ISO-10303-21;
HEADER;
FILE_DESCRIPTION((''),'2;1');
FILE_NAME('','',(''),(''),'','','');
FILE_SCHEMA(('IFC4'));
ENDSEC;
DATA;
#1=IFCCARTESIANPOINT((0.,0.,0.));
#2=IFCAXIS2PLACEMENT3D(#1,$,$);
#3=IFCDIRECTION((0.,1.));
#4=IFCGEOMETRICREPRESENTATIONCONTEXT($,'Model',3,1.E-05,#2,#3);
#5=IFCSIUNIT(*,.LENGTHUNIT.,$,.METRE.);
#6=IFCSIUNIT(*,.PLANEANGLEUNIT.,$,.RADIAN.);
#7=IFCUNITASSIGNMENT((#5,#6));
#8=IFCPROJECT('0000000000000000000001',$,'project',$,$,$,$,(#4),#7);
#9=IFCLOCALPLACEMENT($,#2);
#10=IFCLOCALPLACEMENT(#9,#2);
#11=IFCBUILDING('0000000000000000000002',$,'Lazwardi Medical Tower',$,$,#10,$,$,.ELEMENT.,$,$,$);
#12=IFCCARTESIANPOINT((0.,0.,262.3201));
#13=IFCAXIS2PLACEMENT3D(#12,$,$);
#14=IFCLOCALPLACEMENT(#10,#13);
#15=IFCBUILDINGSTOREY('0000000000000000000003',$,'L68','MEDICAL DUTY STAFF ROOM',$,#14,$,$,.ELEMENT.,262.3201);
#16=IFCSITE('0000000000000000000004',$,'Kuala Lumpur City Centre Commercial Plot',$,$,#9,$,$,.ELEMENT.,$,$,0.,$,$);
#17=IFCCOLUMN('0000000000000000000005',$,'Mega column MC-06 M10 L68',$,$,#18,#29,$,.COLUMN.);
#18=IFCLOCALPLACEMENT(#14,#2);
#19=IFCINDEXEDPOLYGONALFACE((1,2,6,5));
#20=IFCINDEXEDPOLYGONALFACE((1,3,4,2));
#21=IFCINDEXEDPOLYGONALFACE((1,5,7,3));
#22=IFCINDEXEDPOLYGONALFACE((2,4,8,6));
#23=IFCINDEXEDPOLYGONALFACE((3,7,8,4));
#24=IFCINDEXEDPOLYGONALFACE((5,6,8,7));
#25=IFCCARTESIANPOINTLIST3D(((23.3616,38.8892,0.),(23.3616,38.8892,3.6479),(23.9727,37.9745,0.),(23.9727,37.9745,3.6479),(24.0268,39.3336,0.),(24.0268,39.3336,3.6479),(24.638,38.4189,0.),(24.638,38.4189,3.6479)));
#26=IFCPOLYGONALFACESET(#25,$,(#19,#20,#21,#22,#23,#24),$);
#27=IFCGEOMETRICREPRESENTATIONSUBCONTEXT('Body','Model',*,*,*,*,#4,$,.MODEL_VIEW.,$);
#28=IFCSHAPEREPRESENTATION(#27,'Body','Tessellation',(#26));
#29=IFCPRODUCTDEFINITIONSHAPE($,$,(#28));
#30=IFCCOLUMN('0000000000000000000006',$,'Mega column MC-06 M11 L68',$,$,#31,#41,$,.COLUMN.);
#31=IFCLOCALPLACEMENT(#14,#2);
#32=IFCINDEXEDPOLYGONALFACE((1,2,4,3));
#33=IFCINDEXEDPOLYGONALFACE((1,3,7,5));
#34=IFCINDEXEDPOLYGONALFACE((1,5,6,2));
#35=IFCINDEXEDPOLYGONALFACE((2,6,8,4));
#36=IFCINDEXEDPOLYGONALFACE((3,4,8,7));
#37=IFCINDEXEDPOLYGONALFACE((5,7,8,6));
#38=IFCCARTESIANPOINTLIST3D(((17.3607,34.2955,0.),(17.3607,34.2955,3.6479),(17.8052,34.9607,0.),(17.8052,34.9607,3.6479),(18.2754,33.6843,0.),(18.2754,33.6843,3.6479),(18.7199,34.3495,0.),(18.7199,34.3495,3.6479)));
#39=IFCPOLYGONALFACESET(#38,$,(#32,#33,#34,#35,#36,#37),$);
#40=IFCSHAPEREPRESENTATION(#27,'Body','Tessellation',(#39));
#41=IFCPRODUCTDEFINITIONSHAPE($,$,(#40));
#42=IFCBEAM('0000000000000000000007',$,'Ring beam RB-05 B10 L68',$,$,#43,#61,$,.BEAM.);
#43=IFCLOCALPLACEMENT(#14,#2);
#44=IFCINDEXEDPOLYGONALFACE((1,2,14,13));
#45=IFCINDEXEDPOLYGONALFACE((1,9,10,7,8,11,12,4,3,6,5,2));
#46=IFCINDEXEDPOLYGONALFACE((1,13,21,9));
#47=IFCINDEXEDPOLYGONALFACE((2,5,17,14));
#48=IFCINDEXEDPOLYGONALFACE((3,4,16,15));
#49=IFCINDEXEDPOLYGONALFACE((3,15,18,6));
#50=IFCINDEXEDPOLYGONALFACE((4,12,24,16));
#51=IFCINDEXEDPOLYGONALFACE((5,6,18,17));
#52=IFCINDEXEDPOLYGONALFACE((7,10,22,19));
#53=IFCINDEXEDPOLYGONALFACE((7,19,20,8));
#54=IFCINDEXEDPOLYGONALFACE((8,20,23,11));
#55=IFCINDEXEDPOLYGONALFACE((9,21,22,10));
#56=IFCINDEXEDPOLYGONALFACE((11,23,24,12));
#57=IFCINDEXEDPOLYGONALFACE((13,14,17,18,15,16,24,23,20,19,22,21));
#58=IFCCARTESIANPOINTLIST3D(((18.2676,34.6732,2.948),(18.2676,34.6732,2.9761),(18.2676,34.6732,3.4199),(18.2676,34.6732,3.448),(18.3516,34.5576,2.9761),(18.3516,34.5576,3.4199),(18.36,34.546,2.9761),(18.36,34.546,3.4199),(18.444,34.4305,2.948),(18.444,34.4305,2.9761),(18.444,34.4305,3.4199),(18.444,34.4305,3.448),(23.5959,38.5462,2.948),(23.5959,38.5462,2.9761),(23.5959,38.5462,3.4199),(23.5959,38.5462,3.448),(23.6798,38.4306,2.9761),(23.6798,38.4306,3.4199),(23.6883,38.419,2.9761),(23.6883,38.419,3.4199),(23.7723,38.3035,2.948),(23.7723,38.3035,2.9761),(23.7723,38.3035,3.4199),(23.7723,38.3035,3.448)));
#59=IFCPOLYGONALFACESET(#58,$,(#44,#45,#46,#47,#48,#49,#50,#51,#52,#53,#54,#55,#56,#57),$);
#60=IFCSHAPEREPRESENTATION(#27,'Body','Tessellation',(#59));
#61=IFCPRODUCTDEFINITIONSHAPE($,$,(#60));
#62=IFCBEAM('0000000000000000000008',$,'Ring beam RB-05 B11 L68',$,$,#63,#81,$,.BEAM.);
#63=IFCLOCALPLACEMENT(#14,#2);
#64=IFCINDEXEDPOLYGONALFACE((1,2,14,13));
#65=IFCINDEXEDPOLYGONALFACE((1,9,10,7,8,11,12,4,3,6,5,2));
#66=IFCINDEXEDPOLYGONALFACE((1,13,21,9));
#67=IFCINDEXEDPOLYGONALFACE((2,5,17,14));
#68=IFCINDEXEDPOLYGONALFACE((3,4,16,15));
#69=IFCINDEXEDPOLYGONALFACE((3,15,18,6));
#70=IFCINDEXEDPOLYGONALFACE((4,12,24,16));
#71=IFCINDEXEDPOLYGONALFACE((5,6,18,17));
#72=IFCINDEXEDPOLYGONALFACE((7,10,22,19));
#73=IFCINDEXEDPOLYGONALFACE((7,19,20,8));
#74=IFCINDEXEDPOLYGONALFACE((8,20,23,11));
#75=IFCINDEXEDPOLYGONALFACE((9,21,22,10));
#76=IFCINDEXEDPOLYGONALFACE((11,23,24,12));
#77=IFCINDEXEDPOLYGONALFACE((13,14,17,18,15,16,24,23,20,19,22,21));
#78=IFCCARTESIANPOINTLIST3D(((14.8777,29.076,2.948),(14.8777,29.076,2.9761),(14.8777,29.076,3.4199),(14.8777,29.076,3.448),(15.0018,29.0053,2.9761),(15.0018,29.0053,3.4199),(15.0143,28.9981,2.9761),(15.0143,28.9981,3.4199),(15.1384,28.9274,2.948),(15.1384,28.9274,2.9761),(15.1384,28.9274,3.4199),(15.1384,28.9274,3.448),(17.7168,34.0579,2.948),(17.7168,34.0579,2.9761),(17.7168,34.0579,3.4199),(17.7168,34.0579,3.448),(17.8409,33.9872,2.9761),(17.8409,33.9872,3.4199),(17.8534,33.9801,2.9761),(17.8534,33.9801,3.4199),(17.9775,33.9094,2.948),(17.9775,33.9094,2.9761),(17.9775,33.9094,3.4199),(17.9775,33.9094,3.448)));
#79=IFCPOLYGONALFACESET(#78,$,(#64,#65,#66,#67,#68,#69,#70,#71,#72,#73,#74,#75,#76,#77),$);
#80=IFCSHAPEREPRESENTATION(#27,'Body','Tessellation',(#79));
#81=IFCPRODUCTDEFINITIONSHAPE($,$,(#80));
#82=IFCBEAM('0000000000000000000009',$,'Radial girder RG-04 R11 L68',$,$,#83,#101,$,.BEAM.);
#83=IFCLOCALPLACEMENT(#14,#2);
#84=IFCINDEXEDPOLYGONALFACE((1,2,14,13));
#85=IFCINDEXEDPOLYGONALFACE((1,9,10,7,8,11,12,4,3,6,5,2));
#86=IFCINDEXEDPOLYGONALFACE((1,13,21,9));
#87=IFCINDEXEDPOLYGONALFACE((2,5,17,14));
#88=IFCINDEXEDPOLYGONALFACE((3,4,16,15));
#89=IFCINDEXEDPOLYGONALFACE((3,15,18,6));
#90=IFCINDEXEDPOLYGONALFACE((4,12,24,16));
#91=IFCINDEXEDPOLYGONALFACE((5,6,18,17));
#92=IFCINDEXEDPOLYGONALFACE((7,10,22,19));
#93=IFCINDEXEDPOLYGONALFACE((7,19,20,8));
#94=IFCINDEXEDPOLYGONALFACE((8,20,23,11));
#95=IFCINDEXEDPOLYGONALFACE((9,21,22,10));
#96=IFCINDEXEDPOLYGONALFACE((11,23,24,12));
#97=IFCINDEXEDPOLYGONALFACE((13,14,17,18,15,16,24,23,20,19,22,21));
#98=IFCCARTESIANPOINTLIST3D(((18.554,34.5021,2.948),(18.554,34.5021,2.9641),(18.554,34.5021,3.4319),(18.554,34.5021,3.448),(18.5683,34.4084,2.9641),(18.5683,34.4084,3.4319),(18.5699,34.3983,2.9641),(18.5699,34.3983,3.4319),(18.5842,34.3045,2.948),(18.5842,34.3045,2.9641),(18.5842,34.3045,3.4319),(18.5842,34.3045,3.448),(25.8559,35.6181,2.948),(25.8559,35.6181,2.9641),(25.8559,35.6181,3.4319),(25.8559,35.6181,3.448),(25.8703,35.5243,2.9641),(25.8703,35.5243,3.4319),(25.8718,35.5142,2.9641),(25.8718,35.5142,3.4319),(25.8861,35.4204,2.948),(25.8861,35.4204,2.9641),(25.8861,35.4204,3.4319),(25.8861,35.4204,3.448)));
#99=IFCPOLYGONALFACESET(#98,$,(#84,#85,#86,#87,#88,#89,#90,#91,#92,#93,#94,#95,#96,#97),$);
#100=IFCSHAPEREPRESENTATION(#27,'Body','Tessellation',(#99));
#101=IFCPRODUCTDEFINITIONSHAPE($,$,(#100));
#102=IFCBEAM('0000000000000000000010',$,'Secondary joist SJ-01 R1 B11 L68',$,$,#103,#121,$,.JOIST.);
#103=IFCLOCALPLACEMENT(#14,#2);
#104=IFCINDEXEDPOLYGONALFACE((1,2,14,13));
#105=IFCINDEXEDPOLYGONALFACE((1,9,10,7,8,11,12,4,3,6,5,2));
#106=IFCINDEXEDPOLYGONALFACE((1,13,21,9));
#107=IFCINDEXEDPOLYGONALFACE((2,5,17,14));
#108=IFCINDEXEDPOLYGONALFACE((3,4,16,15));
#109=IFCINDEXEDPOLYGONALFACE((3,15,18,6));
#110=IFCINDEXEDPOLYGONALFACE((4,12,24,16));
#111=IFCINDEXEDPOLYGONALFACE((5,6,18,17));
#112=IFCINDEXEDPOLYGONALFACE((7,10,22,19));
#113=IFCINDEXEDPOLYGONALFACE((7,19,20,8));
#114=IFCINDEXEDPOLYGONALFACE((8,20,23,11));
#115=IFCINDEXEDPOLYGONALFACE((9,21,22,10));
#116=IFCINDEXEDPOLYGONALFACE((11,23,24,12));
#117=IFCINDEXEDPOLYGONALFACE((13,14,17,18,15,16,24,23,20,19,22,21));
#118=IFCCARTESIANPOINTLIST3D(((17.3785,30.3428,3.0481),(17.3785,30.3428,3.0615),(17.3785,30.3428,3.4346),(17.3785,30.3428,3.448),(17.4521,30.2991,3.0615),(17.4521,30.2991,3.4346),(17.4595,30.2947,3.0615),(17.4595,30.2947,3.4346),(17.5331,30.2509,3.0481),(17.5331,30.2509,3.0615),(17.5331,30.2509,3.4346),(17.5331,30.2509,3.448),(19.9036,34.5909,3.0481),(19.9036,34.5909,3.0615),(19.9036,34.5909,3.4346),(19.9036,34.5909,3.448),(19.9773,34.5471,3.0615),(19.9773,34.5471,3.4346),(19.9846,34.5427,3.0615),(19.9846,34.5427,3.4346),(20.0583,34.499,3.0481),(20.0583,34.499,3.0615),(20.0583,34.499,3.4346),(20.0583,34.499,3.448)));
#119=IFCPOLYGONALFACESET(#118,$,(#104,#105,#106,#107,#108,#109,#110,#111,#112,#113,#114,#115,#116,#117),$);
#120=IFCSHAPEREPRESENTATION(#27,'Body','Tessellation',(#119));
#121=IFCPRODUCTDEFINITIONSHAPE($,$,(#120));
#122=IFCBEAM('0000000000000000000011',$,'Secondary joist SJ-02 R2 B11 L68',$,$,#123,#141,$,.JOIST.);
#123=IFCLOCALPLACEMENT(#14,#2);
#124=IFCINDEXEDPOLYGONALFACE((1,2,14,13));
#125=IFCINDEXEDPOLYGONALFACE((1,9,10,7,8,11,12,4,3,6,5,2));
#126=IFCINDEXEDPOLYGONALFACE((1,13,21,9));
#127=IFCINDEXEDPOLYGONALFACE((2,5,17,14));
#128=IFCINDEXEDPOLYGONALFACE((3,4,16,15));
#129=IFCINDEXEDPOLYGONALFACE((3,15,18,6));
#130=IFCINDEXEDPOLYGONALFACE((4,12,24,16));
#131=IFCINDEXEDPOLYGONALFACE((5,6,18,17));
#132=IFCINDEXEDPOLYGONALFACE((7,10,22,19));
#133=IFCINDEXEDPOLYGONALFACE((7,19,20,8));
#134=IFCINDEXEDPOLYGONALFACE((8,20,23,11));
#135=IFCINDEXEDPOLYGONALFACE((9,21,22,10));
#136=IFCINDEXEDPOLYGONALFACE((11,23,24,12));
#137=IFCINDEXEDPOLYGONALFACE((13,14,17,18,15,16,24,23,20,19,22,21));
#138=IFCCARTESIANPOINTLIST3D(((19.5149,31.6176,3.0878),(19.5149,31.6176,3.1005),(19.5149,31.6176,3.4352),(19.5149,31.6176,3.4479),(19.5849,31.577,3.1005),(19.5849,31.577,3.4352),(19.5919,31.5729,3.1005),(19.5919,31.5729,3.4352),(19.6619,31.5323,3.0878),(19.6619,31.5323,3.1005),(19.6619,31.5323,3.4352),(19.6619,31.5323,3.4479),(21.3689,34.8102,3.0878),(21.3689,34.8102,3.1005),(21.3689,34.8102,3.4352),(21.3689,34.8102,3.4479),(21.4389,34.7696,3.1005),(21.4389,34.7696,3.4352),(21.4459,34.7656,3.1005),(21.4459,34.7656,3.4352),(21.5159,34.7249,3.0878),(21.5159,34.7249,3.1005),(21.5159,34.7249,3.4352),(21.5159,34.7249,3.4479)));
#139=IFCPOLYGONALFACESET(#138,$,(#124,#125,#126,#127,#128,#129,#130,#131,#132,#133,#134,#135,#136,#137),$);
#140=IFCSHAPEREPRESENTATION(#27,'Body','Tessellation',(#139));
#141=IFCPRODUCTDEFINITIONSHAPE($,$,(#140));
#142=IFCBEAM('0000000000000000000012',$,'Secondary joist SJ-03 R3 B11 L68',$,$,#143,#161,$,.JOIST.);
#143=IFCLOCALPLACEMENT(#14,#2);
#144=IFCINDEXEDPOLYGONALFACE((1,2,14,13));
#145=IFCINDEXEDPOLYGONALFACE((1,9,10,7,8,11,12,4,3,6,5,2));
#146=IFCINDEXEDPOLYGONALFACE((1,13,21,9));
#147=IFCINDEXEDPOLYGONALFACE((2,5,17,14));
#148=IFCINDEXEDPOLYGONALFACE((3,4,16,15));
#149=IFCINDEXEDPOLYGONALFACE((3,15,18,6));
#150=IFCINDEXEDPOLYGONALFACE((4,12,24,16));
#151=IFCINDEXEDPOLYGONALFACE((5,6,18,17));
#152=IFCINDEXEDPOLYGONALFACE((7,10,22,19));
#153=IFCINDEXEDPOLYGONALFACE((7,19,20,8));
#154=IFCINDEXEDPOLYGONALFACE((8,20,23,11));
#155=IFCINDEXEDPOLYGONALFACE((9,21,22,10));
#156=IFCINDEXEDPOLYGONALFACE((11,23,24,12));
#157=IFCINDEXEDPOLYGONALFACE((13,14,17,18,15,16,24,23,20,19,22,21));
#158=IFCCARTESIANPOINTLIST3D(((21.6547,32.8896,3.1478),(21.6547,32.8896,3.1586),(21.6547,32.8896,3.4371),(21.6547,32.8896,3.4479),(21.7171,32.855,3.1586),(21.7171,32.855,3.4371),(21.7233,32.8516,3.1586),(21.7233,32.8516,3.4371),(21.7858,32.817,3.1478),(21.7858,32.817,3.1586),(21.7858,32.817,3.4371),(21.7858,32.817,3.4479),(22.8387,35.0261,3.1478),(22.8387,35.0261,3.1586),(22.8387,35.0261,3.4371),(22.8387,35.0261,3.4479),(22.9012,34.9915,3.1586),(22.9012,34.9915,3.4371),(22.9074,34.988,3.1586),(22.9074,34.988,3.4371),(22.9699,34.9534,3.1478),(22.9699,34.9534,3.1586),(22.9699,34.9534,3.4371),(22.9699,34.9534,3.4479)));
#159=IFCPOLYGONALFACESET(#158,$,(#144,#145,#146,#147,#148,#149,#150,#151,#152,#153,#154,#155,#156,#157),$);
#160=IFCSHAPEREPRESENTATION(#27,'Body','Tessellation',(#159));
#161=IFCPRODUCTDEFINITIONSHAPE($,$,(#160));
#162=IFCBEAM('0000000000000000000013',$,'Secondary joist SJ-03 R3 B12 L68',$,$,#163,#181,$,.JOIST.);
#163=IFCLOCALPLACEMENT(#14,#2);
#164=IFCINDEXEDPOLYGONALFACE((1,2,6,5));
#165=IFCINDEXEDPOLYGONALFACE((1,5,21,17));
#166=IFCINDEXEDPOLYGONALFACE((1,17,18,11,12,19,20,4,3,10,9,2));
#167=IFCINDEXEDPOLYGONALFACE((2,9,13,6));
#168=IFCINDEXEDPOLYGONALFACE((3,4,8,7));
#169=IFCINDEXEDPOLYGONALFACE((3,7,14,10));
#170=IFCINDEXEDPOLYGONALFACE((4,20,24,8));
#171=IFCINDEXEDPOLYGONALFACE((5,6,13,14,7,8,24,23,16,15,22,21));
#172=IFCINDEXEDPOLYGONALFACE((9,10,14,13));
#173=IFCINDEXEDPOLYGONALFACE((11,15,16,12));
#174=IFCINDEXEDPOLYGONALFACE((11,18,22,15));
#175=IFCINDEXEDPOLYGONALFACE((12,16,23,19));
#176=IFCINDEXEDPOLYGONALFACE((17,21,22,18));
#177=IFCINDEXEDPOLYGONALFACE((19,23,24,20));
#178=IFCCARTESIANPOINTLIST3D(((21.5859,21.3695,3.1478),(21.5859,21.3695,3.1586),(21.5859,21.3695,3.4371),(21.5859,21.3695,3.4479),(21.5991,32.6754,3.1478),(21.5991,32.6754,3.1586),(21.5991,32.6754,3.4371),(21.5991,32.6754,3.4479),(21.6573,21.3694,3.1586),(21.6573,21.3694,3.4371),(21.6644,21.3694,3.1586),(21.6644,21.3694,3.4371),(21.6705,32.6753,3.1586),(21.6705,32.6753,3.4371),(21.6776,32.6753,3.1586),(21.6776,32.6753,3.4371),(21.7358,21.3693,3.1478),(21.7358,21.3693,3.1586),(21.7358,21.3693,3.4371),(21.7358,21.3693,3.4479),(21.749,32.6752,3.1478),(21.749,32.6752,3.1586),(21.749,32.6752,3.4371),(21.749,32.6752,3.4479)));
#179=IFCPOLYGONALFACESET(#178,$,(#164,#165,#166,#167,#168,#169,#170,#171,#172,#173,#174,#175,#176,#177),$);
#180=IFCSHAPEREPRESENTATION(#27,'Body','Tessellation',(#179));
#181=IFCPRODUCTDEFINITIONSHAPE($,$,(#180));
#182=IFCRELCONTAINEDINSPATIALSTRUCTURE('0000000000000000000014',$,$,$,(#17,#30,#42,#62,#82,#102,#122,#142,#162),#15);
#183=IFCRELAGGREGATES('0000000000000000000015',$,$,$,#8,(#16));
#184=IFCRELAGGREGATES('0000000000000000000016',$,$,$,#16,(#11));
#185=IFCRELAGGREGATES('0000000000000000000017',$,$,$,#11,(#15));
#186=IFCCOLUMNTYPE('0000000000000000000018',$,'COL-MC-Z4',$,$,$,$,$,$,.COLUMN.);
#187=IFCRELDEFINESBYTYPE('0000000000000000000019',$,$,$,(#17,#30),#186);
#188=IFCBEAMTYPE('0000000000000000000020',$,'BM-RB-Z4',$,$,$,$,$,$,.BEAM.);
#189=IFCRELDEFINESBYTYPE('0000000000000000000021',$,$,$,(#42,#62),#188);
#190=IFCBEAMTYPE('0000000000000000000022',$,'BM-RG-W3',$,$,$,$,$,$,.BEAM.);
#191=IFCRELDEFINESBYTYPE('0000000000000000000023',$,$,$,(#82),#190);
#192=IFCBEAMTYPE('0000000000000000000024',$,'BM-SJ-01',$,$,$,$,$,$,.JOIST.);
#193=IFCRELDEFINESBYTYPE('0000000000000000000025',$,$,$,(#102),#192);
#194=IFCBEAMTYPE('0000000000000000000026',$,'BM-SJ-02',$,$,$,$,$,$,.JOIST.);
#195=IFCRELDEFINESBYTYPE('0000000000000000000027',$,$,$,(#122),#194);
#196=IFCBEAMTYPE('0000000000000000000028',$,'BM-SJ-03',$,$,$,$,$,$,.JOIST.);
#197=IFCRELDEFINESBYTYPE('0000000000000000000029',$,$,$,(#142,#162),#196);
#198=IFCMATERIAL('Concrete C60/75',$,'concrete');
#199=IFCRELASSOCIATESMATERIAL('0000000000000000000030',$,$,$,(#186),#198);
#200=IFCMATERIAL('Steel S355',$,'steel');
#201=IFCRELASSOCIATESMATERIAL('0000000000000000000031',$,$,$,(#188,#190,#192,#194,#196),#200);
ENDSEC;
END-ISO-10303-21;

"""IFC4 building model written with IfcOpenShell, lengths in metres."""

from ifc_helpers import new_model, si_unit, direction, frame, origin, origin_2d, place, context, subcontext, project, spatial, rectangle, i_section, extrude, material, material_profile, profile_set, type_object, element, save


model = new_model("IFC4")

# Units and contexts
model_context = context("Model", 3, precision=1e-05, world=origin(), true_north=direction((0.0, 1.0)))
body_context = subcontext(model_context, "Body", "Model", "MODEL_VIEW")
ifc_project = project(units=[si_unit("LENGTHUNIT", "METRE"), si_unit("PLANEANGLEUNIT", "RADIAN")], contexts=[model_context])

# Site, building, storey
site_placement = place(None, origin())
site = spatial("IfcSite", under=ifc_project, at=site_placement, Name="Kuala Lumpur City Centre Commercial Plot", CompositionType="ELEMENT", RefElevation=0.0)
building_placement = place(site_placement, origin())
building = spatial("IfcBuilding", under=site, at=building_placement, Name="Lazwardi Medical Tower", CompositionType="ELEMENT")
storey_placement = place(building_placement, frame((0.0, 0.0, 262.3201)))
storey = spatial("IfcBuildingStorey", under=building, at=storey_placement, Name="L68", Description="MEDICAL DUTY STAFF ROOM", CompositionType="ELEMENT", Elevation=262.3201)

# Columns
ifc_material_1 = material(Name="Concrete C60/75", Category="concrete")
ifc_material_profile_1 = material_profile(ifc_material_1, rectangle(XDim=1.1001, YDim=0.8, at=origin_2d()), Name="CFT-RECT 1100x800")
ifc_profile_set_1 = profile_set([ifc_material_profile_1], Name="Concrete C60/75")
column_type = type_object("IfcColumnType", Name="COL-MC-Z4", PredefinedType="COLUMN", material=ifc_profile_set_1)
for number, where, z_axis, x_axis, name in (
    (1, (23.9998, 38.6541, 0.0), (0.0, 0.0, 1.0), (-0.55557, 0.83147, 0.0), "Mega column MC-06 M10 L68"),
    (2, (18.0403, 34.3225, 0.0), (0.0, 0.0, 1.0), (-0.83147, 0.55557, 0.0), "Mega column MC-06 M11 L68"),
):
    element("IfcColumn", number, at=place(storey_placement, frame(where, z_axis=z_axis, x_axis=x_axis)), inside=storey, type_object=column_type, Name=name, PredefinedType="COLUMN", context=body_context, shape_type="SweptSolid", body=[
        extrude(rectangle(XDim=1.1001, YDim=0.8, at=origin_2d()), origin(), (0.0, 0.0, 1.0), 3.6479),
    ])

# Beams
ifc_material_2 = material(Name="Steel S355", Category="steel")
ifc_material_profile_2 = material_profile(ifc_material_2, i_section(OverallWidth=0.3, OverallDepth=0.5, WebThickness=0.0144, FlangeThickness=0.0281, at=origin_2d()), Name="HEB 500")
ifc_profile_set_2 = profile_set([ifc_material_profile_2], Name="Steel S355")
beam_type_1 = type_object("IfcBeamType", Name="BM-RB-Z4", PredefinedType="BEAM", material=ifc_profile_set_2)
beam_1_placement = place(storey_placement, frame((23.6841, 38.4248, 3.198), z_axis=(-0.80889, -0.58796, 0.0), x_axis=(0.58796, -0.80889, 0.0)))
element("IfcBeam", 3, at=beam_1_placement, inside=storey, type_object=beam_type_1, Name="Ring beam RB-05 B10 L68", PredefinedType="BEAM", context=body_context, shape_type="SweptSolid", body=[
    extrude(i_section(OverallWidth=0.3, OverallDepth=0.5, WebThickness=0.0144, FlangeThickness=0.0281, at=origin_2d()), origin(), (0.0, 0.0, 1.0), 6.5872),
])
beam_2_placement = place(storey_placement, frame((17.8472, 33.9836, 3.198), z_axis=(-0.495125, -0.868822, 0.0), x_axis=(0.868822, -0.495125, 0.0)))
element("IfcBeam", 4, at=beam_2_placement, inside=storey, type_object=beam_type_1, Name="Ring beam RB-05 B11 L68", PredefinedType="BEAM", context=body_context, shape_type="SweptSolid", body=[
    extrude(i_section(OverallWidth=0.3, OverallDepth=0.5, WebThickness=0.0144, FlangeThickness=0.0281, at=origin_2d()), origin(), (0.0, 0.0, 1.0), 5.7341),
])
ifc_material_profile_3 = material_profile(ifc_material_2, i_section(OverallWidth=0.2, OverallDepth=0.5, WebThickness=0.0103, FlangeThickness=0.0161, at=origin_2d()), Name="IPE 500")
ifc_profile_set_3 = profile_set([ifc_material_profile_3], Name="Steel S355")
beam_type_2 = type_object("IfcBeamType", Name="BM-RG-W3", PredefinedType="BEAM", material=ifc_profile_set_3)
beam_3_placement = place(storey_placement, frame((18.5691, 34.4033, 3.198), z_axis=(0.988522, 0.151076, 0.0), x_axis=(-0.151076, 0.988522, 0.0)))
element("IfcBeam", 5, at=beam_3_placement, inside=storey, type_object=beam_type_2, Name="Radial girder RG-04 R11 L68", PredefinedType="BEAM", context=body_context, shape_type="SweptSolid", body=[
    extrude(i_section(OverallWidth=0.2, OverallDepth=0.5, WebThickness=0.0103, FlangeThickness=0.0161, at=origin_2d()), origin(), (0.0, 0.0, 1.0), 7.3867),
])
ifc_material_profile_4 = material_profile(ifc_material_2, i_section(OverallWidth=0.1799, OverallDepth=0.3999, WebThickness=0.0085, FlangeThickness=0.0134, at=origin_2d()), Name="IPE 400")
ifc_profile_set_4 = profile_set([ifc_material_profile_4], Name="Steel S355")
beam_type_3 = type_object("IfcBeamType", Name="BM-SJ-01", PredefinedType="JOIST", material=ifc_profile_set_4)
beam_4_placement = place(storey_placement, frame((19.981, 34.5449, 3.248), z_axis=(-0.510968, -0.8596, 0.0), x_axis=(0.8596, -0.510968, 0.0)))
element("IfcBeam", 6, at=beam_4_placement, inside=storey, type_object=beam_type_3, Name="Secondary joist SJ-01 R1 B11 L68", PredefinedType="JOIST", context=body_context, shape_type="SweptSolid", body=[
    extrude(i_section(OverallWidth=0.1799, OverallDepth=0.3999, WebThickness=0.0085, FlangeThickness=0.0134, at=origin_2d()), origin(), (0.0, 0.0, 1.0), 4.9419),
])
ifc_material_profile_5 = material_profile(ifc_material_2, i_section(OverallWidth=0.1699, OverallDepth=0.3601, WebThickness=0.0081, FlangeThickness=0.0127, at=origin_2d()), Name="IPE 360")
ifc_profile_set_5 = profile_set([ifc_material_profile_5], Name="Steel S355")
beam_type_4 = type_object("IfcBeamType", Name="BM-SJ-02", PredefinedType="JOIST", material=ifc_profile_set_5)
beam_5_placement = place(storey_placement, frame((21.4424, 34.7676, 3.2678), z_axis=(-0.50218, -0.864763, 0.0), x_axis=(0.864763, -0.50218, 0.0)))
element("IfcBeam", 7, at=beam_5_placement, inside=storey, type_object=beam_type_4, Name="Secondary joist SJ-02 R2 B11 L68", PredefinedType="JOIST", context=body_context, shape_type="SweptSolid", body=[
    extrude(i_section(OverallWidth=0.1699, OverallDepth=0.3601, WebThickness=0.0081, FlangeThickness=0.0127, at=origin_2d()), origin(), (0.0, 0.0, 1.0), 3.6919),
])
ifc_material_profile_6 = material_profile(ifc_material_2, i_section(OverallWidth=0.1499, OverallDepth=0.3, WebThickness=0.0071, FlangeThickness=0.0107, at=origin_2d()), Name="IPE 300")
ifc_profile_set_6 = profile_set([ifc_material_profile_6], Name="Steel S355")
beam_type_5 = type_object("IfcBeamType", Name="BM-SJ-03", PredefinedType="JOIST", material=ifc_profile_set_6)
beam_6_placement = place(storey_placement, frame((22.9043, 34.9897, 3.2979), z_axis=(-0.484752, -0.874652, 0.0), x_axis=(0.874652, -0.484752, 0.0)))
element("IfcBeam", 8, at=beam_6_placement, inside=storey, type_object=beam_type_5, Name="Secondary joist SJ-03 R3 B11 L68", PredefinedType="JOIST", context=body_context, shape_type="SweptSolid", body=[
    extrude(i_section(OverallWidth=0.1499, OverallDepth=0.3, WebThickness=0.0071, FlangeThickness=0.0107, at=origin_2d()), origin(), (0.0, 0.0, 1.0), 2.4426),
])
beam_7_placement = place(storey_placement, frame((21.6741, 32.6753, 3.2979), z_axis=(-0.001166, -0.999999, 0.0), x_axis=(0.999999, -0.001166, 0.0)))
element("IfcBeam", 9, at=beam_7_placement, inside=storey, type_object=beam_type_5, Name="Secondary joist SJ-03 R3 B12 L68", PredefinedType="JOIST", context=body_context, shape_type="SweptSolid", body=[
    extrude(i_section(OverallWidth=0.1499, OverallDepth=0.3, WebThickness=0.0071, FlangeThickness=0.0107, at=origin_2d()), origin(), (0.0, 0.0, 1.0), 11.3059),
])

save(model, "model.ifc")
